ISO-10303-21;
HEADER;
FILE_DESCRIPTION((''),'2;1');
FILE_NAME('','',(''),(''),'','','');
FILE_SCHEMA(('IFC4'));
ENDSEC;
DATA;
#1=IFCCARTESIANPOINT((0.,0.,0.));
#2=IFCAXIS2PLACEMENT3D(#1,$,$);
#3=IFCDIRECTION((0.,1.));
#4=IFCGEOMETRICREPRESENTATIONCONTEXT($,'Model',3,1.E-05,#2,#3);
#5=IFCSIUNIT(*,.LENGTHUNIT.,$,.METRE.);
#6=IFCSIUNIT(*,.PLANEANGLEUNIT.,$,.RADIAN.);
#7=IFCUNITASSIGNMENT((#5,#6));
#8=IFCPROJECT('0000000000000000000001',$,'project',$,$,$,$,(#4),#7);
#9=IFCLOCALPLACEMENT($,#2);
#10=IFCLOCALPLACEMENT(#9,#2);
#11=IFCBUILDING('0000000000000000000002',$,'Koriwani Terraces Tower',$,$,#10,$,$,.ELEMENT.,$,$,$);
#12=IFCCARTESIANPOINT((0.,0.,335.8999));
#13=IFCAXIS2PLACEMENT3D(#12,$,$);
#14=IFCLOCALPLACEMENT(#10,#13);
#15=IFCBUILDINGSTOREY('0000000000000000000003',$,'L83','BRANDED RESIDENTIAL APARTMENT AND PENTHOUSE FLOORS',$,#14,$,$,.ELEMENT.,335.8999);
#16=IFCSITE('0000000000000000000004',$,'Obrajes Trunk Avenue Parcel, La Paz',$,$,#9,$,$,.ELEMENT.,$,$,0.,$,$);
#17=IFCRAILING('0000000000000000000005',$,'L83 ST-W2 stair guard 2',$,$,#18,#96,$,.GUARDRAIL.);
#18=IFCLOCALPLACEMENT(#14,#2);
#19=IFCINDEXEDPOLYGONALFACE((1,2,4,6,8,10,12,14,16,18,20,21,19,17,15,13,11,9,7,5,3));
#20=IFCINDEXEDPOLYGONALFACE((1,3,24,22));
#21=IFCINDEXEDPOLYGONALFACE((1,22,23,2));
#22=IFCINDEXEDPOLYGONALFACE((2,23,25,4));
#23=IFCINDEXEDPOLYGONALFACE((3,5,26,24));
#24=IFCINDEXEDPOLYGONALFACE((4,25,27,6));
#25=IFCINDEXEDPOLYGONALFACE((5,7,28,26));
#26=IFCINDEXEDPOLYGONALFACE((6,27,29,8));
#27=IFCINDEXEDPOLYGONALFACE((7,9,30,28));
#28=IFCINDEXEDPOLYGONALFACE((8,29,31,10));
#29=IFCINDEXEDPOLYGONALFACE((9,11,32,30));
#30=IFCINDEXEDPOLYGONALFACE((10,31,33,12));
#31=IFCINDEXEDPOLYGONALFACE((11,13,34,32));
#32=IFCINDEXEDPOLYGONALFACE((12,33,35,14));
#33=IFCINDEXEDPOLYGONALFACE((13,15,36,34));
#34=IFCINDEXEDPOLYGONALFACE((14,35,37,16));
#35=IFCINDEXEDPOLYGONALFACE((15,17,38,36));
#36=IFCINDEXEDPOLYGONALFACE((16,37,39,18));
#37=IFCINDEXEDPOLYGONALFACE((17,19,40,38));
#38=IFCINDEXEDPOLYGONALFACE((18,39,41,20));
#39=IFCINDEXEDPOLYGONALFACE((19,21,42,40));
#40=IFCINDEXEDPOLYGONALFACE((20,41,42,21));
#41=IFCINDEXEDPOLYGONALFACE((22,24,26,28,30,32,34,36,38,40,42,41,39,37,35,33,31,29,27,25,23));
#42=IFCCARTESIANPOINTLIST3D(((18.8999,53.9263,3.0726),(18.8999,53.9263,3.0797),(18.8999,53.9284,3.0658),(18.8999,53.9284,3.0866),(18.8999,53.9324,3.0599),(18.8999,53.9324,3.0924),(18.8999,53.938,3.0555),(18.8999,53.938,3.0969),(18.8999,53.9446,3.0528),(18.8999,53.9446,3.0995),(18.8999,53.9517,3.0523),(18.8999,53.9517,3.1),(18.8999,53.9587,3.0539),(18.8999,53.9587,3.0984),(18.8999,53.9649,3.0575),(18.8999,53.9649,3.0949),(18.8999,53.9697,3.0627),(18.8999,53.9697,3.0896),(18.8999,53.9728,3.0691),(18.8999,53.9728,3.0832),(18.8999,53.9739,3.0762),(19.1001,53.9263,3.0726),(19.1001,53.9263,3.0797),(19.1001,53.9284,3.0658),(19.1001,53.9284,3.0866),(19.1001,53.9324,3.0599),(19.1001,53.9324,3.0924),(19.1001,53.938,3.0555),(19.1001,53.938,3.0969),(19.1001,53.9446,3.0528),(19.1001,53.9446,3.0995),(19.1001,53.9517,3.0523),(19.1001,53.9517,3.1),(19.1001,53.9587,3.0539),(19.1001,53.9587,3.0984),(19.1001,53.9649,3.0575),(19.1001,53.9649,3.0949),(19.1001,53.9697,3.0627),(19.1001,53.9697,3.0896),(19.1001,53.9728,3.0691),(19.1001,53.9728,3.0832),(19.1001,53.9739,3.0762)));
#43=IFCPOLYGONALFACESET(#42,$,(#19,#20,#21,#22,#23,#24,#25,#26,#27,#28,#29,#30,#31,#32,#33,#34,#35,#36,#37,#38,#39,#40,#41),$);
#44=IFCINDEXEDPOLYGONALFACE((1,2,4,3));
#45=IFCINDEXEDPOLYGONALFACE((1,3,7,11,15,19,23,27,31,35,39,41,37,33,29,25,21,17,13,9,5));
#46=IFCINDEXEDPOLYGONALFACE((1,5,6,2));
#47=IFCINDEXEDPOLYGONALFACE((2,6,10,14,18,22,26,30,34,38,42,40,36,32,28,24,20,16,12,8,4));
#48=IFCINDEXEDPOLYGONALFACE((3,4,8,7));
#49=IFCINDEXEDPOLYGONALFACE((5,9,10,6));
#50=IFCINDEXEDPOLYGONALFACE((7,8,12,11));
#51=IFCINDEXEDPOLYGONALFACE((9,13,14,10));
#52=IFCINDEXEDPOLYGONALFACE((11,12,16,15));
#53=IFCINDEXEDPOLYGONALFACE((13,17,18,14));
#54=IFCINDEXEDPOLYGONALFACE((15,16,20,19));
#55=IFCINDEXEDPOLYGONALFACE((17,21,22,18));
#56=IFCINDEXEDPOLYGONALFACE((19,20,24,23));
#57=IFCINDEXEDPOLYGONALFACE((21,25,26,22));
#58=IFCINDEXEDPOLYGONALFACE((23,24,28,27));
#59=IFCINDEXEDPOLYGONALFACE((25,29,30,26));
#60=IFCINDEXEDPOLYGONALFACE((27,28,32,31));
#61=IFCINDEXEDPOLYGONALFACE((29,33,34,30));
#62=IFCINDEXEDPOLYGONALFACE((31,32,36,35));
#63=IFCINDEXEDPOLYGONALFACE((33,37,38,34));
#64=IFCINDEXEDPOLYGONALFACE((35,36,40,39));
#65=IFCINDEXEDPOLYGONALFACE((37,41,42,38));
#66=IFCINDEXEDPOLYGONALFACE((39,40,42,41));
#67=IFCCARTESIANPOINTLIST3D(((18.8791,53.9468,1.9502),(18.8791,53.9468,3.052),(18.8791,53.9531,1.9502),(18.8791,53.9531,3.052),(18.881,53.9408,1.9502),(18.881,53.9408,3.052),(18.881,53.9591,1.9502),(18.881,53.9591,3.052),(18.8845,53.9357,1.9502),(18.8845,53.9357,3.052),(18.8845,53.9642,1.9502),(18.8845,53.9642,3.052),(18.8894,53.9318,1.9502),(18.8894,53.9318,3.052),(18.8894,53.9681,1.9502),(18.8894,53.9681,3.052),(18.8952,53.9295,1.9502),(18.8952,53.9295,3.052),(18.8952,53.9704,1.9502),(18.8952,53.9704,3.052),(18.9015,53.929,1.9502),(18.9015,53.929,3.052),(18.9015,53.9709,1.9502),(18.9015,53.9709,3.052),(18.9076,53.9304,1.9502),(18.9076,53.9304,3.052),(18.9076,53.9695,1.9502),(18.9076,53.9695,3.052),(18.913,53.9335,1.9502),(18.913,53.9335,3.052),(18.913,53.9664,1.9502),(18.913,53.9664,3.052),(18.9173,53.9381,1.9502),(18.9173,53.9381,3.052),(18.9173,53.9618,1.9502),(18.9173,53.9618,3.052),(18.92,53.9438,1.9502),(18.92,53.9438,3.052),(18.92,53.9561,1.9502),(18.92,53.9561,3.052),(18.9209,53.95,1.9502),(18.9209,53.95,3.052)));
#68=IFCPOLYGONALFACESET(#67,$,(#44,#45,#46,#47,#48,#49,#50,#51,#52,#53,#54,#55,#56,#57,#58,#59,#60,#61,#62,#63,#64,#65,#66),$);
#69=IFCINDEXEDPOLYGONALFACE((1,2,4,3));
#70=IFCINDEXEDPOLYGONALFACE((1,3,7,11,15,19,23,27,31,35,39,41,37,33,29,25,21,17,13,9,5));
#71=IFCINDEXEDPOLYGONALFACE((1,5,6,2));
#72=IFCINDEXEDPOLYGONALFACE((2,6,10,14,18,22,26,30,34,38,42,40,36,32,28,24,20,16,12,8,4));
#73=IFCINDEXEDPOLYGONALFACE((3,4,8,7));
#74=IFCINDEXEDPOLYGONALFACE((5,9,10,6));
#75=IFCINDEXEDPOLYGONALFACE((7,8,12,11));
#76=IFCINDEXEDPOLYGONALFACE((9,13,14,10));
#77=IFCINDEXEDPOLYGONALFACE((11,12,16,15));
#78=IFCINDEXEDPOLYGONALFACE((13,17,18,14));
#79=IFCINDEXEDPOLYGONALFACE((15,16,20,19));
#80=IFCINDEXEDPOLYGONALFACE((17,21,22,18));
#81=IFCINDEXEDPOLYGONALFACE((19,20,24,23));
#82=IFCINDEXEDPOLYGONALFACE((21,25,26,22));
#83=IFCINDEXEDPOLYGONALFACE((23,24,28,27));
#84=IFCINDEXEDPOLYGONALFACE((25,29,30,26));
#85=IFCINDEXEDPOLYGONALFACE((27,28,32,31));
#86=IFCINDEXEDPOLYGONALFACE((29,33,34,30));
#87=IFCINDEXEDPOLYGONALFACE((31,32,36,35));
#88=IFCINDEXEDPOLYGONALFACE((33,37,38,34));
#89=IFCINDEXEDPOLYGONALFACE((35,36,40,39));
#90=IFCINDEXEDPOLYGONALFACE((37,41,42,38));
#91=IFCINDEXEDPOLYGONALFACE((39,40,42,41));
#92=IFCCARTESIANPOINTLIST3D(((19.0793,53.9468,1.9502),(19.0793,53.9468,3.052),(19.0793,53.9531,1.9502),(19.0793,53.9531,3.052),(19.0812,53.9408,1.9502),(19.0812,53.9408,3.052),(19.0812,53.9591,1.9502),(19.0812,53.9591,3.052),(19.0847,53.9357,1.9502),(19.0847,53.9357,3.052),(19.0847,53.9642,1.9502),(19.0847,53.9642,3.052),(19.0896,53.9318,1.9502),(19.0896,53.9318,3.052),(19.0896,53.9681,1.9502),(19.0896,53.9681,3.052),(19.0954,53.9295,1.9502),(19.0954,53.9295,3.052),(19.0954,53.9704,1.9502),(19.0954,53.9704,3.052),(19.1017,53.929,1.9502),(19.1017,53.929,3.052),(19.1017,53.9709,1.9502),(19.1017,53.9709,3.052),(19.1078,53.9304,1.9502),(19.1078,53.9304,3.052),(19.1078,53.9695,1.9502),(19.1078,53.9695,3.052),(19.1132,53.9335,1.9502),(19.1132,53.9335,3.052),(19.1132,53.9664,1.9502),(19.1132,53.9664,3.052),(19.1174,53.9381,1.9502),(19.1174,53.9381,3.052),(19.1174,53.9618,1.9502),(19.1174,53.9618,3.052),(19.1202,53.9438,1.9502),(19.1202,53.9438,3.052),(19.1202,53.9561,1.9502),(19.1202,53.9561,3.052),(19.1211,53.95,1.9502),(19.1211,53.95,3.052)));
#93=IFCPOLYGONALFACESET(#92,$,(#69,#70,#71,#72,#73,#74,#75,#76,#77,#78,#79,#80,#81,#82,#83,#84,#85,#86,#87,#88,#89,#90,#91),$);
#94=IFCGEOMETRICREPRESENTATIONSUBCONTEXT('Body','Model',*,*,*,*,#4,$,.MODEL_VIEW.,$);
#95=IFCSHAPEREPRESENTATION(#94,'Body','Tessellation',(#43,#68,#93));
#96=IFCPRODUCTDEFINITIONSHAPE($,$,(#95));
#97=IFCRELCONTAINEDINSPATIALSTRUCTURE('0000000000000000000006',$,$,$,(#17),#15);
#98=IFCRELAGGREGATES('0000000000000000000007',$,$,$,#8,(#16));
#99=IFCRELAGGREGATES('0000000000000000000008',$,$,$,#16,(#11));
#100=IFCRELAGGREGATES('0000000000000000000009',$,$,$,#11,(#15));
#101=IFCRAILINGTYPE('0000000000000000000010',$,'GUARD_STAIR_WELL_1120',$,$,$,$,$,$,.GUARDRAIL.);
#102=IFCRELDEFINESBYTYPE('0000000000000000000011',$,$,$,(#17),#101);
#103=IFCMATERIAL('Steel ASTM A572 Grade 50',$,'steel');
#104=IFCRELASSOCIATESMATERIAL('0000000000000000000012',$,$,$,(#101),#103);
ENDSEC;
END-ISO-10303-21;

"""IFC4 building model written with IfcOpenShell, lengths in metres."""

from ifc_helpers import new_model, si_unit, direction, frame, origin, origin_2d, place, context, subcontext, project, spatial, circle, extrude, material, type_object, element, save


model = new_model("IFC4")

# Units and contexts
model_context = context("Model", 3, precision=1e-05, world=origin(), true_north=direction((0.0, 1.0)))
body_context = subcontext(model_context, "Body", "Model", "MODEL_VIEW")
ifc_project = project(units=[si_unit("LENGTHUNIT", "METRE"), si_unit("PLANEANGLEUNIT", "RADIAN")], contexts=[model_context])

# Site, building, storey
site_placement = place(None, origin())
site = spatial("IfcSite", under=ifc_project, at=site_placement, Name="Obrajes Trunk Avenue Parcel, La Paz", CompositionType="ELEMENT", RefElevation=0.0)
building_placement = place(site_placement, origin())
building = spatial("IfcBuilding", under=site, at=building_placement, Name="Koriwani Terraces Tower", CompositionType="ELEMENT")
storey_placement = place(building_placement, frame((0.0, 0.0, 335.8999)))
storey = spatial("IfcBuildingStorey", under=building, at=storey_placement, Name="L83", Description="BRANDED RESIDENTIAL APARTMENT AND PENTHOUSE FLOORS", CompositionType="ELEMENT", Elevation=335.8999)

# Shared definitions
ifc_material_1 = material(Name="Steel ASTM A572 Grade 50", Category="steel")

# Railing
railing_type_1 = type_object("IfcRailingType", Name="GUARD_STAIR_WELL_1120", PredefinedType="GUARDRAIL", material=ifc_material_1)
railing_1_placement = place(storey_placement, frame((18.8999, 53.95, 1.9502)))
element("IfcRailing", 1, at=railing_1_placement, inside=storey, type_object=railing_type_1, Name="L83 ST-W2 stair guard 2", PredefinedType="GUARDRAIL", context=body_context, shape_type="SweptSolid", body=[
    extrude(circle(Radius=0.0239, at=origin_2d()), frame((0.0, 0.0, 1.126), z_axis=(1.0, 0.0, 0.0), x_axis=(0.0, 1.0, 0.0)), (0.0, 0.0, 1.0), 0.2002),
    extrude(circle(Radius=0.021, at=origin_2d()), origin(), (0.0, 0.0, 1.0), 1.1018),
    extrude(circle(Radius=0.021, at=origin_2d()), frame((0.2002, 0.0, 0.0)), (0.0, 0.0, 1.0), 1.1018),
])

save(model, "model.ifc")
